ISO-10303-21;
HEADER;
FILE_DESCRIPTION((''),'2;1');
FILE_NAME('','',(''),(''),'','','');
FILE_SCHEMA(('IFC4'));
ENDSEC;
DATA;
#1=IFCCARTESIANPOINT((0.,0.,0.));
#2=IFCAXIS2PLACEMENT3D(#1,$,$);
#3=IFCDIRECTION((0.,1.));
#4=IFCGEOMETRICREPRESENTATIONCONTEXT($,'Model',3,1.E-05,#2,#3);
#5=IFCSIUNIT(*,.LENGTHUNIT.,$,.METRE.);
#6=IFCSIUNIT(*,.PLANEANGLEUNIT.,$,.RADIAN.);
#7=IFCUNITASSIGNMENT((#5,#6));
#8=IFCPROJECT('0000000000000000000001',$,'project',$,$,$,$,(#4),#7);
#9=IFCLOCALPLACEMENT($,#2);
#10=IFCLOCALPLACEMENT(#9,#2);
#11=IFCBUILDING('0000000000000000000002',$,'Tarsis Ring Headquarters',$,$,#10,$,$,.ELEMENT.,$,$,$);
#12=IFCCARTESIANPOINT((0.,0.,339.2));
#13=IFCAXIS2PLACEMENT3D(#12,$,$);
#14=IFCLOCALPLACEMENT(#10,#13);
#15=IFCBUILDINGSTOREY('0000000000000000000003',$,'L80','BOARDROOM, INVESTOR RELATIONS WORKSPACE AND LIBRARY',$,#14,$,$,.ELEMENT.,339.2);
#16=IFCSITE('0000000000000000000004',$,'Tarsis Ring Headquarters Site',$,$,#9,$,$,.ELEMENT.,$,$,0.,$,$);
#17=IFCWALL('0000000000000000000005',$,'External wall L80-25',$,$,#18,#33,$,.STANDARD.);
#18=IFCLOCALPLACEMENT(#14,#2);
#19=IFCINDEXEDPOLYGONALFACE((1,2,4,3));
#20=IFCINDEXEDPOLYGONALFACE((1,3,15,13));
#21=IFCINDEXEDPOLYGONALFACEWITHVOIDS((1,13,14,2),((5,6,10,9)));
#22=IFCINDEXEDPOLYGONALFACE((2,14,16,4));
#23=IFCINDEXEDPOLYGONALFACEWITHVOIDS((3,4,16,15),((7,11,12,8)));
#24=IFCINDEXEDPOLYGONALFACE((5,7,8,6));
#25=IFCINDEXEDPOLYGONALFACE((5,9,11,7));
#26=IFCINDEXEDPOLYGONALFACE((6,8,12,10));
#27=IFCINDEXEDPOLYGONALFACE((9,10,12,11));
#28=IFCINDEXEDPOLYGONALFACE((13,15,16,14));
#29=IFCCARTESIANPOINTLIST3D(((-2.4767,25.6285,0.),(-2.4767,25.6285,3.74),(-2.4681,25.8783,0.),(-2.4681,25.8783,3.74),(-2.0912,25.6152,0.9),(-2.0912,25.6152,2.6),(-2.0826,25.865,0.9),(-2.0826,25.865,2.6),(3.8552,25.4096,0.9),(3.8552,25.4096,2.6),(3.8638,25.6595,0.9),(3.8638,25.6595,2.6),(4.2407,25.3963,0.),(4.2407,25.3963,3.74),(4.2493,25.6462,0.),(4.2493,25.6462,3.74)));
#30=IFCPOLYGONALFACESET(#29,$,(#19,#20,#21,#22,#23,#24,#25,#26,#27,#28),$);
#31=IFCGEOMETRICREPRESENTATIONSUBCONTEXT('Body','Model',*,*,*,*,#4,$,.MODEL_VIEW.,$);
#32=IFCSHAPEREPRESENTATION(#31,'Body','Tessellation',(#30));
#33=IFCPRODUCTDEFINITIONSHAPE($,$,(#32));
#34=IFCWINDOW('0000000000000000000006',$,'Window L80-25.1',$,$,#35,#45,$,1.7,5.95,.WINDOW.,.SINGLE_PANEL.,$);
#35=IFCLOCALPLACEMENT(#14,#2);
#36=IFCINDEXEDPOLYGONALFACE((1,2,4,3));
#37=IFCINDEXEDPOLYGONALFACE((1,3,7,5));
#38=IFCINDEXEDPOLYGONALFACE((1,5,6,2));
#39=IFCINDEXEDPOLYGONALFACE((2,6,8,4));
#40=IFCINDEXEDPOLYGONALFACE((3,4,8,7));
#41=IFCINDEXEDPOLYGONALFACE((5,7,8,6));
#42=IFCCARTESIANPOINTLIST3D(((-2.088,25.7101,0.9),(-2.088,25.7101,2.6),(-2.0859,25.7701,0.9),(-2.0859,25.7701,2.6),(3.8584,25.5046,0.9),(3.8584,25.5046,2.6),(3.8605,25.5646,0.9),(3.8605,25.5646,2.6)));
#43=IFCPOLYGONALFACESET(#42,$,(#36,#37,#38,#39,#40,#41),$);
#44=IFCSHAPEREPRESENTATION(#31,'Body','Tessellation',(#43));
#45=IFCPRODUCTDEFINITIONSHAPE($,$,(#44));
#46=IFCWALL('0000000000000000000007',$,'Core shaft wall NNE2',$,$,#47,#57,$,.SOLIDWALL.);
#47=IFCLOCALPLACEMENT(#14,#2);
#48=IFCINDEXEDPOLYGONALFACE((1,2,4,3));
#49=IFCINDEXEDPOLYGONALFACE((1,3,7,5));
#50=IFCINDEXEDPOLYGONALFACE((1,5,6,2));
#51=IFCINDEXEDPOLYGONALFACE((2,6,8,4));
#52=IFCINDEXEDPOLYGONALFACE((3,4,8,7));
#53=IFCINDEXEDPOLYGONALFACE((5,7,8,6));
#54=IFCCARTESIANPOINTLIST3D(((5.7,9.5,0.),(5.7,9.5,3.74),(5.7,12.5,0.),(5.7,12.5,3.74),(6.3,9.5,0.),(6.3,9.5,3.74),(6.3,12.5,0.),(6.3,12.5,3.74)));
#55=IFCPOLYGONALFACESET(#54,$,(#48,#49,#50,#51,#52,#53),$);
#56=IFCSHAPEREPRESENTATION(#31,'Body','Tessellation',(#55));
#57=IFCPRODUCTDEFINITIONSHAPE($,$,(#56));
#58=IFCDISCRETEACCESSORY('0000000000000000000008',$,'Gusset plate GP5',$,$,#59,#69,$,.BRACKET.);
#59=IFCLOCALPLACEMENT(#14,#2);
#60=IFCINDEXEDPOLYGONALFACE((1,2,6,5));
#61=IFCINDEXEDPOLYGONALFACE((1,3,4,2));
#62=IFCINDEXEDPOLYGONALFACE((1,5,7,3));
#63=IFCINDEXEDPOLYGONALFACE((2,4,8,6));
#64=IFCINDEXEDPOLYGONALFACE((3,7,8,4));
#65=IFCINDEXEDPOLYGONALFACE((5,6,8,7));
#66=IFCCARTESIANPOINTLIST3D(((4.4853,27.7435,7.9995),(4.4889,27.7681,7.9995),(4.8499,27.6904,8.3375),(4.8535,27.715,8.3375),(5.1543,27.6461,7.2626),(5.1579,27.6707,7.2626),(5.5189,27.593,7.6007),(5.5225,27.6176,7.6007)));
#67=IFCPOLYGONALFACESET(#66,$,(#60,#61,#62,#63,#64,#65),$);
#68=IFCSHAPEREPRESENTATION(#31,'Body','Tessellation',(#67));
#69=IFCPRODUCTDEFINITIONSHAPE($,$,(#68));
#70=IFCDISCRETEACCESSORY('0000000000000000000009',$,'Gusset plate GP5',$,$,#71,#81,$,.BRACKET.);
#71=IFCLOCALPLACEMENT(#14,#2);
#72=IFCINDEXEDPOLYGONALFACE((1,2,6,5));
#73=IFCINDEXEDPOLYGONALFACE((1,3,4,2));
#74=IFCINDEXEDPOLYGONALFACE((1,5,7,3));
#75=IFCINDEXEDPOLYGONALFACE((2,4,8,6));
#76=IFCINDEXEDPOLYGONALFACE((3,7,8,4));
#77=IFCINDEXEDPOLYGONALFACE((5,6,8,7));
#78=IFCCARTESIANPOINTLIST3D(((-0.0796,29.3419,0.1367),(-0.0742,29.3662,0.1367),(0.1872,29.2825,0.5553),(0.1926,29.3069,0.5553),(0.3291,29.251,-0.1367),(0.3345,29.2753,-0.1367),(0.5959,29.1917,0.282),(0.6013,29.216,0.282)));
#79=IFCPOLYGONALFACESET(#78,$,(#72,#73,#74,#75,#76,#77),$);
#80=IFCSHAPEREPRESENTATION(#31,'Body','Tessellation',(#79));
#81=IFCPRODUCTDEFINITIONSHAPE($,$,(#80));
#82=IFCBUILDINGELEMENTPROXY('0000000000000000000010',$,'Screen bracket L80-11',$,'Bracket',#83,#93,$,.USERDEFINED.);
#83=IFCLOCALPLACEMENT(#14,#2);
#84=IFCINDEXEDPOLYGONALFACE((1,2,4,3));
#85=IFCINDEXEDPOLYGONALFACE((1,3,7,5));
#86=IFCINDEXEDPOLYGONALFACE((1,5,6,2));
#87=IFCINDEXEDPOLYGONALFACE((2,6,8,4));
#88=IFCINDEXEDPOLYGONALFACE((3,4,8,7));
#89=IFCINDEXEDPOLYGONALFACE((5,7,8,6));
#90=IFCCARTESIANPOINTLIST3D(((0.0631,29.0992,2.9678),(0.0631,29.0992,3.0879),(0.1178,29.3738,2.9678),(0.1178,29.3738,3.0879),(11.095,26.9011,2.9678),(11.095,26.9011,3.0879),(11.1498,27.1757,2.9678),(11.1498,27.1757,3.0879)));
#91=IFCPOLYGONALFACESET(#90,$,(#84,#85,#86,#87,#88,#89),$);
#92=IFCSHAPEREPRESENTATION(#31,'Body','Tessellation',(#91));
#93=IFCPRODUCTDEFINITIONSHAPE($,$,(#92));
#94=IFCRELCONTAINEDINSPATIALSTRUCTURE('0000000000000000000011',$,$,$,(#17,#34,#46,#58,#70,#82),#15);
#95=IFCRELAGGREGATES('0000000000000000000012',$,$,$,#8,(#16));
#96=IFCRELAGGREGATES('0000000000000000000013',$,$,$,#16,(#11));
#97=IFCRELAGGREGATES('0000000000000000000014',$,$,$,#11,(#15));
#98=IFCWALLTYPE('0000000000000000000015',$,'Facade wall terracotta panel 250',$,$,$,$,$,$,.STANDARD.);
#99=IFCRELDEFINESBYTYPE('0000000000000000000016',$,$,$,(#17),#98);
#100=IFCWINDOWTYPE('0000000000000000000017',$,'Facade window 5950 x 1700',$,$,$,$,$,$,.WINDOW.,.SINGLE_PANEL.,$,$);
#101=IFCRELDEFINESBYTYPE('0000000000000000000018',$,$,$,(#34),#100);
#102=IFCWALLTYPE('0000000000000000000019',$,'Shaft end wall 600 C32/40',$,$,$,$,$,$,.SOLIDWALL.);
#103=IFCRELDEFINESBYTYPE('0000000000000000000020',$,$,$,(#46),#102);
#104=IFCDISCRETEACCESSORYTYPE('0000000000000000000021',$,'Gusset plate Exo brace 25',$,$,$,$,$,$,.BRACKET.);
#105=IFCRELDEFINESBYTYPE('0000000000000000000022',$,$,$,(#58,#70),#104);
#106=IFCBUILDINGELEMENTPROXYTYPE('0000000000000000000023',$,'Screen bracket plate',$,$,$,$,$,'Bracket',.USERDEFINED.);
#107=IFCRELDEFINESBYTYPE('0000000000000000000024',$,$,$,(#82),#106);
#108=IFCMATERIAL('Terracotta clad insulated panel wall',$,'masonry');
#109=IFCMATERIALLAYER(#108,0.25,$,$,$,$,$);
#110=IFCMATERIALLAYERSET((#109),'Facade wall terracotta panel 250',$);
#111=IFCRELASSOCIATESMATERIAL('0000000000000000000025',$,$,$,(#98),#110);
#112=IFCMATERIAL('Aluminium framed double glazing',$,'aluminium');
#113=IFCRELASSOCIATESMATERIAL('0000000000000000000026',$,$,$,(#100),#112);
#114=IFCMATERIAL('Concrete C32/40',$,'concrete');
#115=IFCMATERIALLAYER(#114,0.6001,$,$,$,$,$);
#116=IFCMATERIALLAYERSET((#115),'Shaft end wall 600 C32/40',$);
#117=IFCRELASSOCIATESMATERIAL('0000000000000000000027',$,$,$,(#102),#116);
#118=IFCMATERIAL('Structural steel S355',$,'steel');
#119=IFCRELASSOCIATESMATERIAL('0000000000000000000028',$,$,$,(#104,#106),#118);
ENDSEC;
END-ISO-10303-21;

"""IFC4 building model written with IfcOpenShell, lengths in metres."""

from ifc_helpers import new_model, si_unit, direction, frame, frame_2d, origin, origin_2d, place, context, subcontext, project, spatial, rectangle, extrude, material, layer, layer_set, material_profile, profile_set, type_object, element, fill, save


model = new_model("IFC4")

# Units and contexts
model_context = context("Model", 3, precision=1e-05, world=origin(), true_north=direction((0.0, 1.0)))
body_context = subcontext(model_context, "Body", "Model", "MODEL_VIEW")
ifc_project = project(units=[si_unit("LENGTHUNIT", "METRE"), si_unit("PLANEANGLEUNIT", "RADIAN")], contexts=[model_context])

# Site, building, storey
site_placement = place(None, origin())
site = spatial("IfcSite", under=ifc_project, at=site_placement, Name="Tarsis Ring Headquarters Site", CompositionType="ELEMENT", RefElevation=0.0)
building_placement = place(site_placement, origin())
building = spatial("IfcBuilding", under=site, at=building_placement, Name="Tarsis Ring Headquarters", CompositionType="ELEMENT")
storey_placement = place(building_placement, frame((0.0, 0.0, 339.2)))
storey = spatial("IfcBuildingStorey", under=building, at=storey_placement, Name="L80", Description="BOARDROOM, INVESTOR RELATIONS WORKSPACE AND LIBRARY", CompositionType="ELEMENT", Elevation=339.2)

# Shared definitions
ifc_material_1 = material(Name="Structural steel S355", Category="steel")

# Wall, opening, window
ifc_material_2 = material(Name="Terracotta clad insulated panel wall", Category="masonry")
ifc_layer_1 = layer(ifc_material_2, 0.25)
ifc_layer_set_1 = layer_set([ifc_layer_1], Name="Facade wall terracotta panel 250")
wall_type_1 = type_object("IfcWallType", Name="Facade wall terracotta panel 250", PredefinedType="STANDARD", material=ifc_layer_set_1)
wall_1_placement = place(storey_placement, frame((4.2451, 25.5212, 0.0), z_axis=(0.0, 0.0, 1.0), x_axis=(-0.999403, 0.034542, 0.0)))
wall_1 = element("IfcWall", 1, at=wall_1_placement, inside=storey, type_object=wall_type_1, Name="External wall L80-25", PredefinedType="STANDARD", context=body_context, shape_type="SweptSolid", body=[
    extrude(rectangle(XDim=6.7214, YDim=0.25, at=frame_2d((3.3608, 0.0))), origin(), (0.0, 0.0, 1.0), 3.74),
])
opening_placement = place(wall_1_placement, frame((0.3857, 0.0, 0.8999)))
opening = element("IfcOpeningElement", 2, at=opening_placement, cuts=wall_1, PredefinedType="OPENING", context=body_context, shape_type="SweptSolid", body=[
    extrude(rectangle(XDim=5.95, YDim=1.7, at=frame_2d((2.9751, 0.8501))), frame((0.0, 0.135, 0.0), z_axis=(0.0, -1.0, 0.0), x_axis=(1.0, 0.0, 0.0)), (0.0, 0.0, 1.0), 0.27),
])
ifc_material_3 = material(Name="Aluminium framed double glazing", Category="aluminium")
window_type = type_object("IfcWindowType", Name="Facade window 5950 x 1700", PartitioningType="SINGLE_PANEL", PredefinedType="WINDOW", material=ifc_material_3)
window_placement = place(opening_placement, origin())
window = element("IfcWindow", 3, at=window_placement, inside=storey, type_object=window_type, Name="Window L80-25.1", OverallHeight=1.7, OverallWidth=5.95, PartitioningType="SINGLE_PANEL", PredefinedType="WINDOW", context=body_context, shape_type="SweptSolid", body=[
    extrude(rectangle(XDim=5.95, YDim=1.7, at=frame_2d((2.9751, 0.8501))), frame((0.0, 0.03, 0.0), z_axis=(0.0, -1.0, 0.0), x_axis=(1.0, 0.0, 0.0)), (0.0, 0.0, 1.0), 0.0601),
])
fill(opening, window)

# Wall
ifc_material_4 = material(Name="Concrete C32/40", Category="concrete")
ifc_layer_2 = layer(ifc_material_4, 0.6001)
ifc_layer_set_2 = layer_set([ifc_layer_2], Name="Shaft end wall 600 C32/40")
wall_type_2 = type_object("IfcWallType", Name="Shaft end wall 600 C32/40", PredefinedType="SOLIDWALL", material=ifc_layer_set_2)
wall_2_placement = place(storey_placement, frame((6.0, 9.5, 0.0), z_axis=(0.0, 0.0, 1.0), x_axis=(0.0, 1.0, 0.0)))
element("IfcWall", 4, at=wall_2_placement, inside=storey, type_object=wall_type_2, Name="Core shaft wall NNE2", PredefinedType="SOLIDWALL", context=body_context, shape_type="SweptSolid", body=[
    extrude(rectangle(XDim=3.0, YDim=0.6001, at=frame_2d((1.5, 0.0))), origin(), (0.0, 0.0, 1.0), 3.74),
])

# Discrete accessories
ifc_material_profile_1 = material_profile(ifc_material_1, rectangle(XDim=0.0249, YDim=0.5, at=origin_2d()), Name="PL 25x500")
ifc_profile_set_1 = profile_set([ifc_material_profile_1], Name="Structural steel S355")
discrete_accessory_type = type_object("IfcDiscreteAccessoryType", Name="Gusset plate Exo brace 25", PredefinedType="BRACKET", material=ifc_profile_set_1)
discrete_accessory_1_placement = place(storey_placement, frame((5.3384, 27.6318, 7.4316), z_axis=(-0.668987, 0.097418, 0.736862), x_axis=(-0.144101, -0.989563, 0.0)))
element("IfcDiscreteAccessory", 5, at=discrete_accessory_1_placement, inside=storey, type_object=discrete_accessory_type, Name="Gusset plate GP5", PredefinedType="BRACKET", context=body_context, shape_type="SweptSolid", body=[
    extrude(rectangle(XDim=0.0249, YDim=0.5, at=origin_2d()), origin(), (0.0, 0.0, 1.0), 1.0),
])
discrete_accessory_2_placement = place(storey_placement, frame((0.1274, 29.3086, 0.0), z_axis=(0.533652, -0.118644, 0.837341), x_axis=(0.217025, 0.976166, 0.0)))
element("IfcDiscreteAccessory", 6, at=discrete_accessory_2_placement, inside=storey, type_object=discrete_accessory_type, Name="Gusset plate GP5", PredefinedType="BRACKET", context=body_context, shape_type="SweptSolid", body=[
    extrude(rectangle(XDim=0.0249, YDim=0.5, at=origin_2d()), origin(), (0.0, 0.0, 1.0), 0.5),
])

# Building element proxy
building_element_proxy_type = type_object("IfcBuildingElementProxyType", Name="Screen bracket plate", ElementType="Bracket", PredefinedType="USERDEFINED", material=ifc_material_1)
proxy_placement = place(storey_placement, frame((5.6064, 28.1375, 2.9678), z_axis=(0.0, 0.0, 1.0), x_axis=(-0.980721, 0.195411, 0.0)))
element("IfcBuildingElementProxy", 7, at=proxy_placement, inside=storey, type_object=building_element_proxy_type, Name="Screen bracket L80-11", ObjectType="Bracket", PredefinedType="USERDEFINED", context=body_context, shape_type="SweptSolid", body=[
    extrude(rectangle(XDim=11.2488, YDim=0.28, at=origin_2d()), origin(), (0.0, 0.0, 1.0), 0.1201),
])

save(model, "model.ifc")
